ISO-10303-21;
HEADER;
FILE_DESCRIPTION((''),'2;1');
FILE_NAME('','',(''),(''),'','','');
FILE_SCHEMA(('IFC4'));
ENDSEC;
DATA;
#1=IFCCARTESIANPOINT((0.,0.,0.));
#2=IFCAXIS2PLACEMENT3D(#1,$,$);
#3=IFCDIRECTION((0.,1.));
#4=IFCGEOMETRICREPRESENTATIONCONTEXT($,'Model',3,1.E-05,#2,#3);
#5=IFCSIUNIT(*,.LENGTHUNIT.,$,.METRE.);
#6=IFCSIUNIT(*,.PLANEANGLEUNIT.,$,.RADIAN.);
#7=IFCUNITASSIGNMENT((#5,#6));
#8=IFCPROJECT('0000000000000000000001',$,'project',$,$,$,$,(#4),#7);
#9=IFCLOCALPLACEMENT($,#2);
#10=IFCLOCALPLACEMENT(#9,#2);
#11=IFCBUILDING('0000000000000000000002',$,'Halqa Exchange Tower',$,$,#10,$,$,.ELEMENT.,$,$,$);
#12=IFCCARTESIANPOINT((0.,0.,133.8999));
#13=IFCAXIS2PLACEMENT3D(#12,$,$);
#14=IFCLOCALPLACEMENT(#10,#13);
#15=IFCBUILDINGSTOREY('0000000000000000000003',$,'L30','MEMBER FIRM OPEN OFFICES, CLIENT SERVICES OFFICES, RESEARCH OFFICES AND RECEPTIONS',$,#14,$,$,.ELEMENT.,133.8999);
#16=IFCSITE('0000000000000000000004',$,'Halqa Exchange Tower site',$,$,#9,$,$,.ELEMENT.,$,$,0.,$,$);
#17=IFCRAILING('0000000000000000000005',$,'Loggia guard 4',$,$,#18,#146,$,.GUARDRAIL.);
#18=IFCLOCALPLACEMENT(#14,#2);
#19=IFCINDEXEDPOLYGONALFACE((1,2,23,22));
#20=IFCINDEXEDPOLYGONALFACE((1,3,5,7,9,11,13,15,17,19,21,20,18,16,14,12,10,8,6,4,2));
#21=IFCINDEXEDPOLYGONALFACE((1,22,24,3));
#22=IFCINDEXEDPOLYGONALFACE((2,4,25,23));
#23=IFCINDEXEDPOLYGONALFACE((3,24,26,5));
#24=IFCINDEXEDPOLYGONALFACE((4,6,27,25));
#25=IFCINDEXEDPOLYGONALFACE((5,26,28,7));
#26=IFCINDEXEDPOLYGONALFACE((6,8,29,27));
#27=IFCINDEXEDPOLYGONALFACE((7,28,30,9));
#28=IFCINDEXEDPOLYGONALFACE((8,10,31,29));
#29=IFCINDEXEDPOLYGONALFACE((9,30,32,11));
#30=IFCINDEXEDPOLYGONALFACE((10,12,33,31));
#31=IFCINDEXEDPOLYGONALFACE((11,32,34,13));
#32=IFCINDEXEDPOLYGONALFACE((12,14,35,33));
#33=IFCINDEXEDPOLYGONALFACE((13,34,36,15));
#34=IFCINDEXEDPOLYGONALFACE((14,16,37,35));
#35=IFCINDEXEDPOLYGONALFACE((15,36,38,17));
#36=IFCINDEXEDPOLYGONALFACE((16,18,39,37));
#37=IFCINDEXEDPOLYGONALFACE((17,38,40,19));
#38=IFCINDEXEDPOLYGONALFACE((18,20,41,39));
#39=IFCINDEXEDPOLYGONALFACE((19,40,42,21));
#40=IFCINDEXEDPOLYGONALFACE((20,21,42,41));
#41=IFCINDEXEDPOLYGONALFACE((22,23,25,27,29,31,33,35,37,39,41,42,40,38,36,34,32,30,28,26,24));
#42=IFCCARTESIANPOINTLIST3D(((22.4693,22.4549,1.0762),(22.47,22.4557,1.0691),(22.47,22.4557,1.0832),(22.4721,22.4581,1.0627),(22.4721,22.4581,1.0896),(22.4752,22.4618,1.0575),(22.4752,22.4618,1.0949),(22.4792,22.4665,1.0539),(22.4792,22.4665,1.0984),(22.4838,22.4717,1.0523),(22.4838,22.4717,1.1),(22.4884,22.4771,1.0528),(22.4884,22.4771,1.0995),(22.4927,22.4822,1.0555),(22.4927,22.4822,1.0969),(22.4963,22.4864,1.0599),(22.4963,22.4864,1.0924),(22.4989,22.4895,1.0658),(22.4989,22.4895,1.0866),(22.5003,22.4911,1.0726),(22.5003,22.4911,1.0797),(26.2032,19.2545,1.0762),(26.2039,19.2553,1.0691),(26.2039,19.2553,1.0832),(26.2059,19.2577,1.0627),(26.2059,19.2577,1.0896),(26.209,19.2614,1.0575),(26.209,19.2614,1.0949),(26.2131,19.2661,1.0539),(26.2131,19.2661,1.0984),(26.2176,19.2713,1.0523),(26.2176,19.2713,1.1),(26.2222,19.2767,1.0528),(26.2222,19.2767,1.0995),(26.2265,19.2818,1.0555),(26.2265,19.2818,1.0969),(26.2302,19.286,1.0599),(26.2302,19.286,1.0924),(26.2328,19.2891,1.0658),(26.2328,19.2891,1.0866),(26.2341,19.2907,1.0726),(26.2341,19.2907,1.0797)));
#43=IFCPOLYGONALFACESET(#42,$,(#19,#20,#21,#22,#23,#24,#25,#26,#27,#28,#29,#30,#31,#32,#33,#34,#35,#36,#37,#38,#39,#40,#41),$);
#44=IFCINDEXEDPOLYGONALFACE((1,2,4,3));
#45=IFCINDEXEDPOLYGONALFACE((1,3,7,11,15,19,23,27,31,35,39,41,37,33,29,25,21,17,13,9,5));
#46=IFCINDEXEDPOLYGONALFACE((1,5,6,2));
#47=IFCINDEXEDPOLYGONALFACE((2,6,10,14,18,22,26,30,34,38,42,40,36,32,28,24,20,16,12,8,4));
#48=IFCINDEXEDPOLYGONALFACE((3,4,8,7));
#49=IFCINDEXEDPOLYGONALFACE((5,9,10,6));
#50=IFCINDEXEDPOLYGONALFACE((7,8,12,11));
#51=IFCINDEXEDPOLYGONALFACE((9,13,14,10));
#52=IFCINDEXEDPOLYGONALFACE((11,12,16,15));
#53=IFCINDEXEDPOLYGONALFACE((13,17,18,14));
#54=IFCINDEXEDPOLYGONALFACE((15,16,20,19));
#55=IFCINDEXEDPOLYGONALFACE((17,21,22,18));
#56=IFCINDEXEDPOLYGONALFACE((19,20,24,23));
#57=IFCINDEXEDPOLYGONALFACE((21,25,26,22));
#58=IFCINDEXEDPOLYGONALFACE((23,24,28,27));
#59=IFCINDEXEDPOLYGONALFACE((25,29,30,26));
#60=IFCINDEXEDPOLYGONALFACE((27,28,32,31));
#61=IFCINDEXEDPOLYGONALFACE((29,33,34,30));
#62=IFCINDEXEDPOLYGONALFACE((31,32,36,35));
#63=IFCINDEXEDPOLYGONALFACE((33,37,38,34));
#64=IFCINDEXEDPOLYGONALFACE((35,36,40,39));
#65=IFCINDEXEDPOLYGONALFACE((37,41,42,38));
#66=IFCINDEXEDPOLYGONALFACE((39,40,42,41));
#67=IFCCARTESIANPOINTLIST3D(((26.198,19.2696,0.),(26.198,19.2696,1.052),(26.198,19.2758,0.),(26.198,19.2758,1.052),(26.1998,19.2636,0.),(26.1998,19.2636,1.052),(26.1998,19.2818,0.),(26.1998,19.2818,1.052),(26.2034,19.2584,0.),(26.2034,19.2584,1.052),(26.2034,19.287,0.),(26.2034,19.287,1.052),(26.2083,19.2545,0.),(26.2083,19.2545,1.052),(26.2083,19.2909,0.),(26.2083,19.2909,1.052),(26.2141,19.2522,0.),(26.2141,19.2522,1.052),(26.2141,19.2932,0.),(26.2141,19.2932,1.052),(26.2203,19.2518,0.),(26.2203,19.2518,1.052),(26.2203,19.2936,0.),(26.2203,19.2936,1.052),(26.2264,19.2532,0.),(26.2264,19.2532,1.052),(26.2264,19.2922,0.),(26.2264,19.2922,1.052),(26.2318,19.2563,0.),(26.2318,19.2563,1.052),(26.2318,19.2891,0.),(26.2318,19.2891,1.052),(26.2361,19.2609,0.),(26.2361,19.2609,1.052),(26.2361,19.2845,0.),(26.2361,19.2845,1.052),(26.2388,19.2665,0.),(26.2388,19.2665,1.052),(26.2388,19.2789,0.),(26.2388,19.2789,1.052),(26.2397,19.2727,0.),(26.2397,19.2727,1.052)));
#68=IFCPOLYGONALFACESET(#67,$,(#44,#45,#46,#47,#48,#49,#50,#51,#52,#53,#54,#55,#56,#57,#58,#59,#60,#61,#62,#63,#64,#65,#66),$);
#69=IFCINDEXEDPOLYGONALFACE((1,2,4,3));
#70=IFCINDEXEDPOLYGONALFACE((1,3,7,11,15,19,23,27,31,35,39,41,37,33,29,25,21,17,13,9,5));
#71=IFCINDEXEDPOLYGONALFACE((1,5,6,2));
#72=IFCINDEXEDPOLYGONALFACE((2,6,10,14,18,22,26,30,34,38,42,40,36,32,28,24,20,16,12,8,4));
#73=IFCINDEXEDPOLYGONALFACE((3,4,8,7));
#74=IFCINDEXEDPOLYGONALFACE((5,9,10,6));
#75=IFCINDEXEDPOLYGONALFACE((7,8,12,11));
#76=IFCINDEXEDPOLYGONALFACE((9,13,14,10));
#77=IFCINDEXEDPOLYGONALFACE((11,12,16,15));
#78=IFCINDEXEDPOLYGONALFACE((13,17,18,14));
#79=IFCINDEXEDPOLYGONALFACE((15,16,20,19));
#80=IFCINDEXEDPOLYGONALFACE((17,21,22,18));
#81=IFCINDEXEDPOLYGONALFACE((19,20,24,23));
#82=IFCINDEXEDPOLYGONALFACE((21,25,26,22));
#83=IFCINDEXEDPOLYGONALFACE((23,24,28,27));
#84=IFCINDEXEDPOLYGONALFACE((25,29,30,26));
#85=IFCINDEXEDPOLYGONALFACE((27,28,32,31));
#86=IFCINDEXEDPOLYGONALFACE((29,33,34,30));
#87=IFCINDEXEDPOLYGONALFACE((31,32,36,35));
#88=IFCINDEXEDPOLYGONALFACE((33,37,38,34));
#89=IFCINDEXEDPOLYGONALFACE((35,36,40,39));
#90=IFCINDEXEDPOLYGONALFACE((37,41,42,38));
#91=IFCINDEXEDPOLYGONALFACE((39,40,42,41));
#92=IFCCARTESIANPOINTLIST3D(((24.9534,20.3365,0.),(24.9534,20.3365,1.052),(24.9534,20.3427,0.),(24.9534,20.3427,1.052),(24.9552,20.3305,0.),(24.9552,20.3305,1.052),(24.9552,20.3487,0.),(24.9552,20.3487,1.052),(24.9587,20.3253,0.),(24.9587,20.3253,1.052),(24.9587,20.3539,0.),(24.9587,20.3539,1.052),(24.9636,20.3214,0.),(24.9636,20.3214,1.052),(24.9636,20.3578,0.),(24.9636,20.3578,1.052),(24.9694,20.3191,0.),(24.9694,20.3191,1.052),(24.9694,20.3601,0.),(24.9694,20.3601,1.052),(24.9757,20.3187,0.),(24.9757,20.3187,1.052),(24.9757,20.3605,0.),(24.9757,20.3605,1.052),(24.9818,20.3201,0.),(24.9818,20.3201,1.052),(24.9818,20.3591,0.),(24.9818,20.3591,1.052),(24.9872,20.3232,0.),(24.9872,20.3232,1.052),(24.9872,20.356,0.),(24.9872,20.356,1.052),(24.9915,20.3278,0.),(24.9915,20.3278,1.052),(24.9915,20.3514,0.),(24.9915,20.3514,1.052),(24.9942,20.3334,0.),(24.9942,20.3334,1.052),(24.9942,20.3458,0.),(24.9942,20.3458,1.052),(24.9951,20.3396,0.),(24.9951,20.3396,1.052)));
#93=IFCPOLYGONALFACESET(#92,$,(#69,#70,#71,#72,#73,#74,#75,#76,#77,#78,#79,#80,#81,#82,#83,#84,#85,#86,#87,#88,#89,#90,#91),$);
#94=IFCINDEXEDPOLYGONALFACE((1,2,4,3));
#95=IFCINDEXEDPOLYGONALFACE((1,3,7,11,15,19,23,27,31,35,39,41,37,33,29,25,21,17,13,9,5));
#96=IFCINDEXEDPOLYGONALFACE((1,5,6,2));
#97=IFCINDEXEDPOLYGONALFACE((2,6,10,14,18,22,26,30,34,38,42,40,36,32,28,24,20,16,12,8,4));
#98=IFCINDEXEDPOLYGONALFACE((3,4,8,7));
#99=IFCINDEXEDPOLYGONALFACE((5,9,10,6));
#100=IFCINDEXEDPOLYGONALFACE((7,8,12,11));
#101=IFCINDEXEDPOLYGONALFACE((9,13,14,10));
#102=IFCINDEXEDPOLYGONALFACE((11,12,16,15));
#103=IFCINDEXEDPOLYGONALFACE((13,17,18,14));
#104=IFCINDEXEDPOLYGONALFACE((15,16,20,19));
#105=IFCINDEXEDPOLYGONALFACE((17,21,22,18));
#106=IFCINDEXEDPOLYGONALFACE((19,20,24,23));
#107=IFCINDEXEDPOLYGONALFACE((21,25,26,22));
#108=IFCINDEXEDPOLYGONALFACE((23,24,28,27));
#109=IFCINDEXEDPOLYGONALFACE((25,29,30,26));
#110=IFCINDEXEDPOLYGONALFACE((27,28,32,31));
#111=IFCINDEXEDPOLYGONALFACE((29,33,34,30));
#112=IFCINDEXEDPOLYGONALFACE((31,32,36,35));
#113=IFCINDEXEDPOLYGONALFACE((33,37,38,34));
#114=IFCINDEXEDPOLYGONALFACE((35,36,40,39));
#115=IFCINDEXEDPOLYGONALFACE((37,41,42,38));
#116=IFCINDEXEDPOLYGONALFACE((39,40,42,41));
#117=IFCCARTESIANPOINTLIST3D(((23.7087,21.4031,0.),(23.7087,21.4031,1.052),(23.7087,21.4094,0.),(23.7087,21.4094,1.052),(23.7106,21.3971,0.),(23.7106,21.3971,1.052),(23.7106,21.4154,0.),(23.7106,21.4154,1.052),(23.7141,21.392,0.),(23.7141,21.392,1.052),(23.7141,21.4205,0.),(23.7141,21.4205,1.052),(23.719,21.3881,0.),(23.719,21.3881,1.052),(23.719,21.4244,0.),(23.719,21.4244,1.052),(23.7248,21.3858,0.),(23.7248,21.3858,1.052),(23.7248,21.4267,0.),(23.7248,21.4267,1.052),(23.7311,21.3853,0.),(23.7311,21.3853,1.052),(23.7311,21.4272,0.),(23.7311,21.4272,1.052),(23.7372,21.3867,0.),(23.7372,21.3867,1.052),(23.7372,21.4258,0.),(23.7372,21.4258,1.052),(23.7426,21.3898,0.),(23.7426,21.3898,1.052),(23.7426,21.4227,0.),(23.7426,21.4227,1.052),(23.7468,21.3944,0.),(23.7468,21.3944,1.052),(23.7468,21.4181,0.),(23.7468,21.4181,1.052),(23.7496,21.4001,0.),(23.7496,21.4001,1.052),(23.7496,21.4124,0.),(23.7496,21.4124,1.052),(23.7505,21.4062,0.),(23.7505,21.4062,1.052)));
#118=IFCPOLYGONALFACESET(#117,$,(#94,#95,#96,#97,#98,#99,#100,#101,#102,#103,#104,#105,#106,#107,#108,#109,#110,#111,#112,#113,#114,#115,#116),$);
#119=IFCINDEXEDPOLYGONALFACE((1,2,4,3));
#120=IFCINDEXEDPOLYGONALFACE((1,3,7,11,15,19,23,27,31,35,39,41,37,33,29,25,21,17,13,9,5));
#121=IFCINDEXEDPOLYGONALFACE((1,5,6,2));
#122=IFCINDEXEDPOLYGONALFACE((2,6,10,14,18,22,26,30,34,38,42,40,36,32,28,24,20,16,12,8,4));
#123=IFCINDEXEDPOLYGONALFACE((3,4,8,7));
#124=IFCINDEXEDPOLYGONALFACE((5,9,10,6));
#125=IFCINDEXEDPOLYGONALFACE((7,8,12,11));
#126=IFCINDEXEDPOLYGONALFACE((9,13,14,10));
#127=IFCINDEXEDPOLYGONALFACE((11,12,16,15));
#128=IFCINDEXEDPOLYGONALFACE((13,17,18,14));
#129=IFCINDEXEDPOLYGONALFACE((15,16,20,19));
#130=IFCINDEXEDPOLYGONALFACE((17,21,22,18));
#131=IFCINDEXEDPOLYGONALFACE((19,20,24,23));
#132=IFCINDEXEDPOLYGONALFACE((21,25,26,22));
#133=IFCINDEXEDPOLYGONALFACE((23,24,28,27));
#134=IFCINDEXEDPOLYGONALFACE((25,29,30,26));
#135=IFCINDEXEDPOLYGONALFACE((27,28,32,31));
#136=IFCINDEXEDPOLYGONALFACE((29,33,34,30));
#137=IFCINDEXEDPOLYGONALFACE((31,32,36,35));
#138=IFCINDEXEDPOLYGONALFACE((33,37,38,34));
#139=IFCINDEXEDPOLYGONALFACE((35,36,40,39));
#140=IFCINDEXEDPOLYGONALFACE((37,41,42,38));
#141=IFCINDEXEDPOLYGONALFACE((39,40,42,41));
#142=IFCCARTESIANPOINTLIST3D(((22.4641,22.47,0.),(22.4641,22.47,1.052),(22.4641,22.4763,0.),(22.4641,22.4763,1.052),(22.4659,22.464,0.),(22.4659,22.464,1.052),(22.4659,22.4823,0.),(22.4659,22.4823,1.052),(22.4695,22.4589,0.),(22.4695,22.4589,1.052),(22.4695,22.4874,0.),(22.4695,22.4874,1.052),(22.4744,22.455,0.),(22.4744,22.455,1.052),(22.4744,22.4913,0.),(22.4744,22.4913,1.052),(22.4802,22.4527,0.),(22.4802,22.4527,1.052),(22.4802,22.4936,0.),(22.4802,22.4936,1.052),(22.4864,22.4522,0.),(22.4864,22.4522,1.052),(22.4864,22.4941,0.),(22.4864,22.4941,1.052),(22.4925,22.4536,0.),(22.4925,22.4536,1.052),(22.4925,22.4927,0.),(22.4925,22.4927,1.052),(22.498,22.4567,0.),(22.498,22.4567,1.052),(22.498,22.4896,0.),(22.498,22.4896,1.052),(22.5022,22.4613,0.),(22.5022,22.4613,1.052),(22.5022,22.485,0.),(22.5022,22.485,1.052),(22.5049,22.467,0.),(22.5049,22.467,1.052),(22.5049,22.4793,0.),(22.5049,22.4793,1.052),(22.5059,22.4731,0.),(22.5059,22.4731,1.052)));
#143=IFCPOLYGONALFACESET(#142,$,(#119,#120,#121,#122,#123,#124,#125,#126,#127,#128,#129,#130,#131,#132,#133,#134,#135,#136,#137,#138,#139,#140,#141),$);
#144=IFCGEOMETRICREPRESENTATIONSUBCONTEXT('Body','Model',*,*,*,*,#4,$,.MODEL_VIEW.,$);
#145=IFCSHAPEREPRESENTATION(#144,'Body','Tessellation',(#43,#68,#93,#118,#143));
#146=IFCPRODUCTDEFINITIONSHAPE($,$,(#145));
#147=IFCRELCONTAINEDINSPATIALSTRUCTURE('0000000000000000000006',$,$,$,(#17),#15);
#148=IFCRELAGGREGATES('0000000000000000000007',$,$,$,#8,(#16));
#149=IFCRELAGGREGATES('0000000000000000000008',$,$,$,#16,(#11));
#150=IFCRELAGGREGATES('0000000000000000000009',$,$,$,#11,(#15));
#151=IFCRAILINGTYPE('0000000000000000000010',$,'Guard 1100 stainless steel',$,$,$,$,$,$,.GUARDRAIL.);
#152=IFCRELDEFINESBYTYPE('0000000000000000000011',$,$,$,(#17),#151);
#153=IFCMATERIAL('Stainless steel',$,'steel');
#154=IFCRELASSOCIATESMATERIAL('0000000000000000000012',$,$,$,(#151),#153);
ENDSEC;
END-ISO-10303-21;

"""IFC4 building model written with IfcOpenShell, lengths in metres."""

from ifc_helpers import new_model, si_unit, direction, frame, origin, origin_2d, place, context, subcontext, project, spatial, circle, extrude, material, type_object, element, save


model = new_model("IFC4")

# Units and contexts
model_context = context("Model", 3, precision=1e-05, world=origin(), true_north=direction((0.0, 1.0)))
body_context = subcontext(model_context, "Body", "Model", "MODEL_VIEW")
ifc_project = project(units=[si_unit("LENGTHUNIT", "METRE"), si_unit("PLANEANGLEUNIT", "RADIAN")], contexts=[model_context])

# Site, building, storey
site_placement = place(None, origin())
site = spatial("IfcSite", under=ifc_project, at=site_placement, Name="Halqa Exchange Tower site", CompositionType="ELEMENT", RefElevation=0.0)
building_placement = place(site_placement, origin())
building = spatial("IfcBuilding", under=site, at=building_placement, Name="Halqa Exchange Tower", CompositionType="ELEMENT")
storey_placement = place(building_placement, frame((0.0, 0.0, 133.8999)))
storey = spatial("IfcBuildingStorey", under=building, at=storey_placement, Name="L30", Description="MEMBER FIRM OPEN OFFICES, CLIENT SERVICES OFFICES, RESEARCH OFFICES AND RECEPTIONS", CompositionType="ELEMENT", Elevation=133.8999)

# Railing
ifc_material_1 = material(Name="Stainless steel", Category="steel")
railing_type = type_object("IfcRailingType", Name="Guard 1100 stainless steel", PredefinedType="GUARDRAIL", material=ifc_material_1)
railing_1_placement = place(storey_placement, frame((26.2188, 19.2727, 0.0)))
element("IfcRailing", 1, at=railing_1_placement, inside=storey, type_object=railing_type, Name="Loggia guard 4", PredefinedType="GUARDRAIL", context=body_context, shape_type="SweptSolid", body=[
    extrude(circle(Radius=0.0239, at=origin_2d()), frame((0.0, 0.0, 1.0762), z_axis=(-0.75926, 0.650787, 0.0), x_axis=(-0.650787, -0.75926, 0.0)), (0.0, 0.0, 1.0), 4.9177),
    extrude(circle(Radius=0.021, at=origin_2d()), origin(), (0.0, 0.0, 1.0), 1.052),
    extrude(circle(Radius=0.021, at=origin_2d()), frame((-1.2446, 1.0669, 0.0)), (0.0, 0.0, 1.0), 1.052),
    extrude(circle(Radius=0.021, at=origin_2d()), frame((-2.4893, 2.1335, 0.0)), (0.0, 0.0, 1.0), 1.052),
    extrude(circle(Radius=0.021, at=origin_2d()), frame((-3.7339, 3.2004, 0.0)), (0.0, 0.0, 1.0), 1.052),
])

save(model, "model.ifc")
